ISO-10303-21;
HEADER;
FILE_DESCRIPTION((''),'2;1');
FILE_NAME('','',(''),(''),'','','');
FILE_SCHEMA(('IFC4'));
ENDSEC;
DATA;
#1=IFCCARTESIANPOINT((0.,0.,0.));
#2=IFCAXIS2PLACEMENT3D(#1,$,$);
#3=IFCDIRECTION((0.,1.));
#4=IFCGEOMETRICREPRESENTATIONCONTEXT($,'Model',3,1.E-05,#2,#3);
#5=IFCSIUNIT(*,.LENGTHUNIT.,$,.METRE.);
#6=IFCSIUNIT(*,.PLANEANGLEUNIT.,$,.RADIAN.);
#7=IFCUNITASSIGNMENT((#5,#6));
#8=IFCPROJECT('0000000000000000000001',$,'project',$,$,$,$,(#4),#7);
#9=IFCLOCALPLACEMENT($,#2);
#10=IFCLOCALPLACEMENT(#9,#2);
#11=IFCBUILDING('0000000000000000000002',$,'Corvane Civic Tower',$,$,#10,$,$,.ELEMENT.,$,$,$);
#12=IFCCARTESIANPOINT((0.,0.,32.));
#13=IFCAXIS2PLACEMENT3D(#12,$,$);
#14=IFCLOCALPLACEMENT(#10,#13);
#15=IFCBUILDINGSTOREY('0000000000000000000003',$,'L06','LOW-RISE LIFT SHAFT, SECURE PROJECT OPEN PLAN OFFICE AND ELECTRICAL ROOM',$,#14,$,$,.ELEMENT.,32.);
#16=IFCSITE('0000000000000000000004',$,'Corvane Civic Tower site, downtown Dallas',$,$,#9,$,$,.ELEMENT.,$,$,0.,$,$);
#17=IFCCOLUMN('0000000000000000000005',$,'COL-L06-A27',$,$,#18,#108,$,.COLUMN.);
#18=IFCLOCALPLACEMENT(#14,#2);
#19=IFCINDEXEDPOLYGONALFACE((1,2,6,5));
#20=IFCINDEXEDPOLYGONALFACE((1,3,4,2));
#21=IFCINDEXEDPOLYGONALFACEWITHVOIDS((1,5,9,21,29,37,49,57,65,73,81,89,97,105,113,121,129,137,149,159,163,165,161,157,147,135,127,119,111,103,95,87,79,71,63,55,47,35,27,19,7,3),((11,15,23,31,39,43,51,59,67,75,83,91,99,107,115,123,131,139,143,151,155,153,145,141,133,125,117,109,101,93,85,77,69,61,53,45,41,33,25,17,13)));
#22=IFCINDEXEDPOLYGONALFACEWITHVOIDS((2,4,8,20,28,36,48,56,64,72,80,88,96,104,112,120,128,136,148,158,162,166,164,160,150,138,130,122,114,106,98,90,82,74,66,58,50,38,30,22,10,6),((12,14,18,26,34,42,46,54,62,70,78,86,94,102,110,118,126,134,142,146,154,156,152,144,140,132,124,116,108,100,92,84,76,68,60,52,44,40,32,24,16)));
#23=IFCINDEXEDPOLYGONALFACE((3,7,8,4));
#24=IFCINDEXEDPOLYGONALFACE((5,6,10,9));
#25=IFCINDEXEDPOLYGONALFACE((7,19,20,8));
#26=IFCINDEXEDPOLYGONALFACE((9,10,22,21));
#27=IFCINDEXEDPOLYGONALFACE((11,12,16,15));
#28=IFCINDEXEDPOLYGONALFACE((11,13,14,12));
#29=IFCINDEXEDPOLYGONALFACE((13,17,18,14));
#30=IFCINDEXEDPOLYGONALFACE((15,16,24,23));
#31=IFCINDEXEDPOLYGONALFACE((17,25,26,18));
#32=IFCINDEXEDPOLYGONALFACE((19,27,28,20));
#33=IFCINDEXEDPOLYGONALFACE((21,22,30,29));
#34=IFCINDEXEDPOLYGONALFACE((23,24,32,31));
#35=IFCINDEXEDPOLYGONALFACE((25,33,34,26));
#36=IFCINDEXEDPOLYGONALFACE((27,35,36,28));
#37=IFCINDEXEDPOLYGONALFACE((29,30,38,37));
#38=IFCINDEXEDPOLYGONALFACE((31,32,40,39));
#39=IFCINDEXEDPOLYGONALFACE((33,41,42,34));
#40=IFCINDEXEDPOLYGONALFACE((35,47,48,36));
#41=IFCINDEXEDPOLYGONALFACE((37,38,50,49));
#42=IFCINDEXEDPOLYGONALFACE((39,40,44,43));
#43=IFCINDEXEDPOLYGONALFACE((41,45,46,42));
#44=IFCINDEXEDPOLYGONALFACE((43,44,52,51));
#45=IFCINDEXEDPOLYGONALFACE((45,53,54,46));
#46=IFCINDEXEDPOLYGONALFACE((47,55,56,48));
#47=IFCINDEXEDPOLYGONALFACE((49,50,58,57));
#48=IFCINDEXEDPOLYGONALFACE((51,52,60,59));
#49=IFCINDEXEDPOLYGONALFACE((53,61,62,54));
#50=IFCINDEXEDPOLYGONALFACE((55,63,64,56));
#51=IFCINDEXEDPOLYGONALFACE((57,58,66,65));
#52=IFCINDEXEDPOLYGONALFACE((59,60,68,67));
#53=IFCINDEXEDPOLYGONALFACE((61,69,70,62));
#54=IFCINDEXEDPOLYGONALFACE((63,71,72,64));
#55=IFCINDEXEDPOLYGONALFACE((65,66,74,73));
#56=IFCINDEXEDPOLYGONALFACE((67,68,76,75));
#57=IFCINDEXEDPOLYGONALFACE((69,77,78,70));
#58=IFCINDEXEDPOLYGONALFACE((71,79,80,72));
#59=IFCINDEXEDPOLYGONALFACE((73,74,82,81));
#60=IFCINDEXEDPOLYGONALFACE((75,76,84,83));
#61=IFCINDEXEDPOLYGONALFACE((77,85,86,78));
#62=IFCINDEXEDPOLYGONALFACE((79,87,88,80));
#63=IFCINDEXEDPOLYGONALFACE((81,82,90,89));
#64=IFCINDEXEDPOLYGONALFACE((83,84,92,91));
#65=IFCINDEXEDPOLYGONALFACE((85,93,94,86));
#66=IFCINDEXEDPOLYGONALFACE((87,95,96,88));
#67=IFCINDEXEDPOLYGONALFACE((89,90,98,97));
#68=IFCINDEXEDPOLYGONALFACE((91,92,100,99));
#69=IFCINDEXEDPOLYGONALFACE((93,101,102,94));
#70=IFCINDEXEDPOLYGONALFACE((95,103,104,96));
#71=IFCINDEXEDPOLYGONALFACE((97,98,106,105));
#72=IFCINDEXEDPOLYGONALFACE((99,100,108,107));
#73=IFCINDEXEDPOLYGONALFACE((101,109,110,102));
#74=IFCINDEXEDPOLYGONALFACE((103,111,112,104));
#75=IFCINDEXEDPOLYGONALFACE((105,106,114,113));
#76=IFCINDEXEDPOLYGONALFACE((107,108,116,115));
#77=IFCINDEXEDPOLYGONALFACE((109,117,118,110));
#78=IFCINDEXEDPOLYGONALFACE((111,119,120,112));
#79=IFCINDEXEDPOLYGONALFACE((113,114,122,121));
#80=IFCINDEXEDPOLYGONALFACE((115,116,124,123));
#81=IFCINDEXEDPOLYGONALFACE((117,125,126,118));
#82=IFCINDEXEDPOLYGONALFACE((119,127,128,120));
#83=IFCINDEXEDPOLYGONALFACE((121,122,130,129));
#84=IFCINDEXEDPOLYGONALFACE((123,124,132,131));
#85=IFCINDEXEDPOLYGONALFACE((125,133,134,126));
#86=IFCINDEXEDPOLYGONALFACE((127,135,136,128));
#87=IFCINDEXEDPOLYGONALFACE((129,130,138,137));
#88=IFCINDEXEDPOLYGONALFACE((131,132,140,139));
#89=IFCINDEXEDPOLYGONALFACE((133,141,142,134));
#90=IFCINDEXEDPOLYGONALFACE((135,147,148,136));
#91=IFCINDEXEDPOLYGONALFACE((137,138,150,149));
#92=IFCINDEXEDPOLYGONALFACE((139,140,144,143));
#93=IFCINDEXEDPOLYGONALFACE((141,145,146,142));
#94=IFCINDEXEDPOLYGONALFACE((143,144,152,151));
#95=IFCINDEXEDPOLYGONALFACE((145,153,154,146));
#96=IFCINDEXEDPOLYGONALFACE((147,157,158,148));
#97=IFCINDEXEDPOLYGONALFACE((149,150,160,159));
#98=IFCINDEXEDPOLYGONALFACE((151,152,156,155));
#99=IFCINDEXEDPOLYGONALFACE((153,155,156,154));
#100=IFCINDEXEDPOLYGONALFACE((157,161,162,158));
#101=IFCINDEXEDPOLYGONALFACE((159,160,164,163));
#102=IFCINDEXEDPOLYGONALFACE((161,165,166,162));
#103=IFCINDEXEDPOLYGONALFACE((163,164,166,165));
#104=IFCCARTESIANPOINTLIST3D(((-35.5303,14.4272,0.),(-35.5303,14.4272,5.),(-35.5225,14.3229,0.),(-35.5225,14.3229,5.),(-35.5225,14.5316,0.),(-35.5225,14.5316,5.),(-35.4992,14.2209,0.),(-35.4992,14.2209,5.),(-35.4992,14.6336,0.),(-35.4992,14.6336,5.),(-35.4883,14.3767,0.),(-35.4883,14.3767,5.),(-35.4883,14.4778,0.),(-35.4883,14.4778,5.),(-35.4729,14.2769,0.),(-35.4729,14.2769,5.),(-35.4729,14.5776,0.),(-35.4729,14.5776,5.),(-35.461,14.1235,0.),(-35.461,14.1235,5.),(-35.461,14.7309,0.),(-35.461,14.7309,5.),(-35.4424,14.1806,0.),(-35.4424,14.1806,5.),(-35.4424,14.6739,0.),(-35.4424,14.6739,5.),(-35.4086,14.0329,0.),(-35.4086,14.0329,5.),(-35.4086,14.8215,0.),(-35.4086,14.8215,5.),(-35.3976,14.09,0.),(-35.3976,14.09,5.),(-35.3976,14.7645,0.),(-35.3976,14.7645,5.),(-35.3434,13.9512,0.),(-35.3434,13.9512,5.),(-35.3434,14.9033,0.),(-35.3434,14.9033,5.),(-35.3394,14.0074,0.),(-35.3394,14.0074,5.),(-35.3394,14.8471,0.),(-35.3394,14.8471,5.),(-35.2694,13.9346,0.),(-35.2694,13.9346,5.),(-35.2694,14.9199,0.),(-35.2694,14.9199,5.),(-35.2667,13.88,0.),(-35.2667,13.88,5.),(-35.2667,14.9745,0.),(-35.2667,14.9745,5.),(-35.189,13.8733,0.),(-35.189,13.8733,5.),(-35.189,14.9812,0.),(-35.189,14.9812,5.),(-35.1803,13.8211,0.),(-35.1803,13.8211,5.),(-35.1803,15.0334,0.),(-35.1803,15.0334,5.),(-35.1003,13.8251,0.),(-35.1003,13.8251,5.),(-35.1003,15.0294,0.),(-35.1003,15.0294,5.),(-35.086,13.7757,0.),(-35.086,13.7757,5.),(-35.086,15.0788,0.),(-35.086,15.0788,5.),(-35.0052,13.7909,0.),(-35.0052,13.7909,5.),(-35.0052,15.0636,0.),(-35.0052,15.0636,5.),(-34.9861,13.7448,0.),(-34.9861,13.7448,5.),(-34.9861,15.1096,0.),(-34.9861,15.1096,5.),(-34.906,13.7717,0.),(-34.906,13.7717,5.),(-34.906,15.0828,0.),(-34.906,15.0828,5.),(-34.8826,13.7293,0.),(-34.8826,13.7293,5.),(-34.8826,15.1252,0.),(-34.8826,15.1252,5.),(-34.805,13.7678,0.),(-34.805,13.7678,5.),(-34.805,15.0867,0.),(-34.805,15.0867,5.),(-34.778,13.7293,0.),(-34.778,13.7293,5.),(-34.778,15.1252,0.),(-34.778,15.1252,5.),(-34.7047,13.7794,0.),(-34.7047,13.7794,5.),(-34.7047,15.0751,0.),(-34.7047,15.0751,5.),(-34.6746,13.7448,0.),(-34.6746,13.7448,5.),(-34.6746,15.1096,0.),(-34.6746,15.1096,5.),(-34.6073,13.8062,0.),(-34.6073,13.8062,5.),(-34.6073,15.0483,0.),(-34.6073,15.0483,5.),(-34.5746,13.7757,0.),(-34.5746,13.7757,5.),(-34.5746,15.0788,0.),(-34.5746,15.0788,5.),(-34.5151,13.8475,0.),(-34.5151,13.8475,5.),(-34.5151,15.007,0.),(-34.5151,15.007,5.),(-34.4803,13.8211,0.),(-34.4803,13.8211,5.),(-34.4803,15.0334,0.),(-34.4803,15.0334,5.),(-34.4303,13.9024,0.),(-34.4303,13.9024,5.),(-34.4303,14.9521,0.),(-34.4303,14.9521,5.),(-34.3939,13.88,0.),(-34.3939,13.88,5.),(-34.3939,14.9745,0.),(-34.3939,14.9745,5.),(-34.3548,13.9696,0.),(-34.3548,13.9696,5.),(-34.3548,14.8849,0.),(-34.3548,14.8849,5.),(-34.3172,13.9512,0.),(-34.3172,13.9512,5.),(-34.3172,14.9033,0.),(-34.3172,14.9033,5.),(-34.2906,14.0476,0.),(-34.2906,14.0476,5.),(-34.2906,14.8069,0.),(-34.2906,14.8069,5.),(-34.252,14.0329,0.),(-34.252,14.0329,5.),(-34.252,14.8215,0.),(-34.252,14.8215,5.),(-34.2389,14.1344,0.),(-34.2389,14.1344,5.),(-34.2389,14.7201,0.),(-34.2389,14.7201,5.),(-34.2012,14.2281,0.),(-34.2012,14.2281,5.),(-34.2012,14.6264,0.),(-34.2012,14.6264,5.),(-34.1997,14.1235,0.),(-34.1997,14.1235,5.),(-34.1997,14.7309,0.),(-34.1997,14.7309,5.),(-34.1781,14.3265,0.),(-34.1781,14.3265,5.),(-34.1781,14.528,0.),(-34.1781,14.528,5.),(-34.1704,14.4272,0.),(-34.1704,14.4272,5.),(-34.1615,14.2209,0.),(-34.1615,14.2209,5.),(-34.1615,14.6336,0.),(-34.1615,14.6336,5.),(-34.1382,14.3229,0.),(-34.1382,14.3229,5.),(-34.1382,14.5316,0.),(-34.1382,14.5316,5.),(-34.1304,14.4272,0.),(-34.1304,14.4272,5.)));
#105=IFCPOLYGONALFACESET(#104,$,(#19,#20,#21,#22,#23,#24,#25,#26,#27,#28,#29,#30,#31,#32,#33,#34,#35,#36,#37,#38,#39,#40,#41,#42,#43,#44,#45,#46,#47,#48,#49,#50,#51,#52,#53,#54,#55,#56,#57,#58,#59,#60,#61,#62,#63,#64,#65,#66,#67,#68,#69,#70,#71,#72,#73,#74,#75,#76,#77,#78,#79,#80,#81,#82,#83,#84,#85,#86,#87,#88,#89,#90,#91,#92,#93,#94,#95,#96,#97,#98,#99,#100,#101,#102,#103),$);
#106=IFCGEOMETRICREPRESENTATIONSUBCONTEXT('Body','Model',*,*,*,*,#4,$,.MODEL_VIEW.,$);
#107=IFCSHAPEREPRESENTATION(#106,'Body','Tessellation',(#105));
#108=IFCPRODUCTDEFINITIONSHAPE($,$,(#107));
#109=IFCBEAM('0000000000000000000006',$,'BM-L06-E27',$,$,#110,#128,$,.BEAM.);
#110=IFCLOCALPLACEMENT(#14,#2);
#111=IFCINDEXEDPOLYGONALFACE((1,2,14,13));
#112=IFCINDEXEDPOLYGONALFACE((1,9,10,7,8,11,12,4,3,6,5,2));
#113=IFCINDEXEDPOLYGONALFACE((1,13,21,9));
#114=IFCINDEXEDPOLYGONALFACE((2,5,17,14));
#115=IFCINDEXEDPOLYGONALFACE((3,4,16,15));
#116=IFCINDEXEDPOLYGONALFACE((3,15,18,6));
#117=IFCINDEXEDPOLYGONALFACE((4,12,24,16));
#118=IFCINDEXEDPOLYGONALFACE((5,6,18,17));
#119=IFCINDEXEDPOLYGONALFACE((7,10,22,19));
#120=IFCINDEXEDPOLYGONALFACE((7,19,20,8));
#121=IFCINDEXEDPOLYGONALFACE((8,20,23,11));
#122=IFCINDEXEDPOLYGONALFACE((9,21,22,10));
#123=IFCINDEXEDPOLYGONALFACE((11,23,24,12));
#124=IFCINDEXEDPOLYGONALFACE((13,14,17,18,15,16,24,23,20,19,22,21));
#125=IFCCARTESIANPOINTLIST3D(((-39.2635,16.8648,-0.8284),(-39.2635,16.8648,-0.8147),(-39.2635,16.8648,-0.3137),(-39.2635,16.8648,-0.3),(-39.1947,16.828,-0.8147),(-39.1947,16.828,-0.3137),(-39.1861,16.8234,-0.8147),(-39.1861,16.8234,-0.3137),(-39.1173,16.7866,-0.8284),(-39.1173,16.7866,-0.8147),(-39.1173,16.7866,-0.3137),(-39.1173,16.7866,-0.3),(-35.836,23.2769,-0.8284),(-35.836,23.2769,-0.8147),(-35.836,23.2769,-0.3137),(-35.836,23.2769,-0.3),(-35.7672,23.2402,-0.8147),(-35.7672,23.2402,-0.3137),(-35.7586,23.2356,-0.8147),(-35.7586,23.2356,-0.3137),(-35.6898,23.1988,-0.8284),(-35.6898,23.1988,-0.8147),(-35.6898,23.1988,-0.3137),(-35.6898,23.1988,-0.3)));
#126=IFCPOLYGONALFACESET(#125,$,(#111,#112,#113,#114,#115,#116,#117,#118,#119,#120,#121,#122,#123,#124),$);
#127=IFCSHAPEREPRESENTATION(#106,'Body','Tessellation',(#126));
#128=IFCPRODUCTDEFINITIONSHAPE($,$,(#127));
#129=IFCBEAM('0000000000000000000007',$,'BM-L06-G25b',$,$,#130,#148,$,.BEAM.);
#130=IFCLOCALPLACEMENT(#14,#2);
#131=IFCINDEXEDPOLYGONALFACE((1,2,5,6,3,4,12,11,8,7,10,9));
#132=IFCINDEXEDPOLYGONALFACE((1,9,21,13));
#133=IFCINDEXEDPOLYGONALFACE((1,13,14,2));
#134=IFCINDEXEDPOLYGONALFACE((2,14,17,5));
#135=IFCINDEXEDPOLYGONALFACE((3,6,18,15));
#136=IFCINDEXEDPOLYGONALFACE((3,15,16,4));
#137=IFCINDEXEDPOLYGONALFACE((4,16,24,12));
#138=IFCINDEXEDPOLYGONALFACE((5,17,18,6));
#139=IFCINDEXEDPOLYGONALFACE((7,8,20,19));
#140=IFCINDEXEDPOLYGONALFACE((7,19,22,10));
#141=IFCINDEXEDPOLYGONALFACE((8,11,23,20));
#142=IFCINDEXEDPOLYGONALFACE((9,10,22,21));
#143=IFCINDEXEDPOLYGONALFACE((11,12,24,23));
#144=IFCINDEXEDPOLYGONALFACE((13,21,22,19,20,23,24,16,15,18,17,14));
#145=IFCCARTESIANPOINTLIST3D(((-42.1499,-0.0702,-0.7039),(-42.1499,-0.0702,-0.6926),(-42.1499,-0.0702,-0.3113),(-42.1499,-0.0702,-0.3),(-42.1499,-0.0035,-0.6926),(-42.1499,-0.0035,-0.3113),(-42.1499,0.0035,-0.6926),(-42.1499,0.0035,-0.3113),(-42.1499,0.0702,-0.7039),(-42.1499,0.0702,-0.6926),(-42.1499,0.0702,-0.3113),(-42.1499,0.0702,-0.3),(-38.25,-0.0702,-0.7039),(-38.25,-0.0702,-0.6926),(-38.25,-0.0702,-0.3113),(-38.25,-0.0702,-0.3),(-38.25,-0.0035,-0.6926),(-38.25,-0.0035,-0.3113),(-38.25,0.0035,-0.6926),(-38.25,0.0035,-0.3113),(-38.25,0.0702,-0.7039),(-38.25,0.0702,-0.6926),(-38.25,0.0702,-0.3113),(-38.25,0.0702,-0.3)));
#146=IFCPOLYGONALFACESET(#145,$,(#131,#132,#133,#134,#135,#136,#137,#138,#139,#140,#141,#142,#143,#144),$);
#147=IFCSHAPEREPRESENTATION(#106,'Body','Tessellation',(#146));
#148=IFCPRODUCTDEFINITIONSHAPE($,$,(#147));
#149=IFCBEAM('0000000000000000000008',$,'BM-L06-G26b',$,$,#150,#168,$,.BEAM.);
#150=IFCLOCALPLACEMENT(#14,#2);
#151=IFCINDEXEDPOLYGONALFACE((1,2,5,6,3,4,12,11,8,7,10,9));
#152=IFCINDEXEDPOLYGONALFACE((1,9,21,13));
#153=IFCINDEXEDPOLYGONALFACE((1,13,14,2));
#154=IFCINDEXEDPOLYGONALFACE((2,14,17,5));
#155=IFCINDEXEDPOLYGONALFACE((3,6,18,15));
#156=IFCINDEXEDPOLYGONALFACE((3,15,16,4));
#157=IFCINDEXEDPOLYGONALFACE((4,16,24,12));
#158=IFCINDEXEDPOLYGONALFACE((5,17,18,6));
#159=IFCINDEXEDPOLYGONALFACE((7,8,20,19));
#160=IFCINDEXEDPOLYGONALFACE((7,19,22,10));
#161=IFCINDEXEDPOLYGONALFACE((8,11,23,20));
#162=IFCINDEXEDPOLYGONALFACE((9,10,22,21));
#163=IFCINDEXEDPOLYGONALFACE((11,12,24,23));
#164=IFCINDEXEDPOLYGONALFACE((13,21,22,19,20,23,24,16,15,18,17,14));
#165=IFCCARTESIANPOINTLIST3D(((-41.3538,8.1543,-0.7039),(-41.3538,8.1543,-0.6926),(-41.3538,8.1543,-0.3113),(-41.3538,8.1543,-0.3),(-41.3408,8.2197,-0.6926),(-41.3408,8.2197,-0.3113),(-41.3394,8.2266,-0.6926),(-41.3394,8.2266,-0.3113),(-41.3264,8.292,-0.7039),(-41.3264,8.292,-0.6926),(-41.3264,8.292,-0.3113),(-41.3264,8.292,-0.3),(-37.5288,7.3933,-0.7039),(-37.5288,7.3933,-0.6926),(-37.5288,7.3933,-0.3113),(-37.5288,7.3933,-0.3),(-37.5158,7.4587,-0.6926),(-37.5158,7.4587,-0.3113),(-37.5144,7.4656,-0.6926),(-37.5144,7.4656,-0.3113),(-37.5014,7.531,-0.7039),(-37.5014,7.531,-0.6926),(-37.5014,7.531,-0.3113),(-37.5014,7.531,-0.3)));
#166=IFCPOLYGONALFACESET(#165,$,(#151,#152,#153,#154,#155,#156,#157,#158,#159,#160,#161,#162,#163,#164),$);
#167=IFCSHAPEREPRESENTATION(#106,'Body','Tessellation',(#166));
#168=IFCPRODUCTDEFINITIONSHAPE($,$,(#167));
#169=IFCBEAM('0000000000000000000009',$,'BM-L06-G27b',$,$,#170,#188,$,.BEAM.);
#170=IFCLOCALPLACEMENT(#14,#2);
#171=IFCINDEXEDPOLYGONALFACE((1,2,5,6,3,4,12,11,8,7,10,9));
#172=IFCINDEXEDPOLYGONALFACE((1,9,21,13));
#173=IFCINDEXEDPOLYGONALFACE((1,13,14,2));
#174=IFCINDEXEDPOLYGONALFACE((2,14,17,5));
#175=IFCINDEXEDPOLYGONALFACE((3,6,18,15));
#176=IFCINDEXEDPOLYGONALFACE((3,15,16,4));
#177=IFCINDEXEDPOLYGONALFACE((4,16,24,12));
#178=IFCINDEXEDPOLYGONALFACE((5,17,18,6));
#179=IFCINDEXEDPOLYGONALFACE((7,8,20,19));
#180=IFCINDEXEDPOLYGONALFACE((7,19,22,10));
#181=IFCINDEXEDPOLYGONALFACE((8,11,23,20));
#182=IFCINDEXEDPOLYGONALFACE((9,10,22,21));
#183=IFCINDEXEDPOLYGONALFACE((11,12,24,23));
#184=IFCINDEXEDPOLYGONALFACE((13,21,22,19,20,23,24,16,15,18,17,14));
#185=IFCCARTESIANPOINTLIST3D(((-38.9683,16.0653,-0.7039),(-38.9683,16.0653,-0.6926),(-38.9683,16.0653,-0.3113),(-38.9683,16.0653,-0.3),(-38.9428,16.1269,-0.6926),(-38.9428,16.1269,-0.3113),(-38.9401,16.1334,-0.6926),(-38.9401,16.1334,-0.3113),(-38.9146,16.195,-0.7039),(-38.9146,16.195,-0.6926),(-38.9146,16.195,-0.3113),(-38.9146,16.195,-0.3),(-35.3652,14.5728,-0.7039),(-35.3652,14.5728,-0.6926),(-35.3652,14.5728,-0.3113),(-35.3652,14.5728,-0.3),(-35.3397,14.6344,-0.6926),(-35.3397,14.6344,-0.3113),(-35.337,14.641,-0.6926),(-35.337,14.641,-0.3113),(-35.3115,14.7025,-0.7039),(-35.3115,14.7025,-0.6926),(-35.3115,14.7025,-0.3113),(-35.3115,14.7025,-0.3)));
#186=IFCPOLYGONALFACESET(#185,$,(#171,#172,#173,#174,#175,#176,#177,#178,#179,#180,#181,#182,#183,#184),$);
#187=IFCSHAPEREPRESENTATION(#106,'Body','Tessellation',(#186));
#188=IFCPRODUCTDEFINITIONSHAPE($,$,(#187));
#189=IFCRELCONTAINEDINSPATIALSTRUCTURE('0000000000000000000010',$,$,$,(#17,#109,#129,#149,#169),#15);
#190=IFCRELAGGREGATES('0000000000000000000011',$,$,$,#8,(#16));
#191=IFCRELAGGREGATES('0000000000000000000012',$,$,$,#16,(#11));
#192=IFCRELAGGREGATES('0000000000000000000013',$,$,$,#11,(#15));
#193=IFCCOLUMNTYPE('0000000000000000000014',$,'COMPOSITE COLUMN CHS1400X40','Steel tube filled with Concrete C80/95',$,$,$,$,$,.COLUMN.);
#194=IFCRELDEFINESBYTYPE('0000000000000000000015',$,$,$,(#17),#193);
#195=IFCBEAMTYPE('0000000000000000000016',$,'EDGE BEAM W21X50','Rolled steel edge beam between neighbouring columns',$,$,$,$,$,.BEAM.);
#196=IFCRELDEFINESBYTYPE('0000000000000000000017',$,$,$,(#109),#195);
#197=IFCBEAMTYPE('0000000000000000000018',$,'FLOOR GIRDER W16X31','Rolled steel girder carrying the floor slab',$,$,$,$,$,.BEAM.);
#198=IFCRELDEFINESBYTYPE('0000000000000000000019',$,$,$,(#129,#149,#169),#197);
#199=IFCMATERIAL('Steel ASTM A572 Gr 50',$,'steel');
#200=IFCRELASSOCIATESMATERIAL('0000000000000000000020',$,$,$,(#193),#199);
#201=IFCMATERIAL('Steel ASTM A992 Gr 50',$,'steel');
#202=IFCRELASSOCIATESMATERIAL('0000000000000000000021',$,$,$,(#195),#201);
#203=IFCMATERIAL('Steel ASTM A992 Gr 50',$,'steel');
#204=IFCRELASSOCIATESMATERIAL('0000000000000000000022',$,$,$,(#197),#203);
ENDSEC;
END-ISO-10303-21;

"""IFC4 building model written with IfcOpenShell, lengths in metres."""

from ifc_helpers import new_model, si_unit, direction, frame, origin, origin_2d, place, context, subcontext, project, spatial, hollow_circle, i_section, extrude, material, material_profile, profile_set, type_object, element, save


model = new_model("IFC4")

# Units and contexts
model_context = context("Model", 3, precision=1e-05, world=origin(), true_north=direction((0.0, 1.0)))
body_context = subcontext(model_context, "Body", "Model", "MODEL_VIEW")
ifc_project = project(units=[si_unit("LENGTHUNIT", "METRE"), si_unit("PLANEANGLEUNIT", "RADIAN")], contexts=[model_context])

# Site, building, storey
site_placement = place(None, origin())
site = spatial("IfcSite", under=ifc_project, at=site_placement, Name="Corvane Civic Tower site, downtown Dallas", CompositionType="ELEMENT", RefElevation=0.0)
building_placement = place(site_placement, origin())
building = spatial("IfcBuilding", under=site, at=building_placement, Name="Corvane Civic Tower", CompositionType="ELEMENT")
storey_placement = place(building_placement, frame((0.0, 0.0, 32.0)))
storey = spatial("IfcBuildingStorey", under=building, at=storey_placement, Name="L06", Description="LOW-RISE LIFT SHAFT, SECURE PROJECT OPEN PLAN OFFICE AND ELECTRICAL ROOM", CompositionType="ELEMENT", Elevation=32.0)

# Column
ifc_material_1 = material(Name="Steel ASTM A572 Gr 50", Category="steel")
ifc_material_profile_1 = material_profile(ifc_material_1, hollow_circle(Radius=0.7, WallThickness=0.04, at=origin_2d()), Name="CHS1400X40")
ifc_profile_set_1 = profile_set([ifc_material_profile_1], Name="Steel ASTM A572 Gr 50")
column_type_1 = type_object("IfcColumnType", Name="COMPOSITE COLUMN CHS1400X40", Description="Steel tube filled with Concrete C80/95", PredefinedType="COLUMN", material=ifc_profile_set_1)
for number, where, z_axis, x_axis, name in (
    (1, (-34.8303, 14.4272, 0.0), (0.0, 0.0, 1.0), (1.0, 0.0, 0.0), "COL-L06-A27"),
):
    element("IfcColumn", number, at=place(storey_placement, frame(where, z_axis=z_axis, x_axis=x_axis)), inside=storey, type_object=column_type_1, Name=name, PredefinedType="COLUMN", context=body_context, shape_type="SweptSolid", body=[
        extrude(hollow_circle(Radius=0.7, WallThickness=0.04, at=origin_2d()), origin(), (0.0, 0.0, 1.0), 5.0),
    ])

# Beams
ifc_material_2 = material(Name="Steel ASTM A992 Gr 50", Category="steel")
ifc_material_profile_2 = material_profile(ifc_material_2, i_section(OverallWidth=0.1658, OverallDepth=0.5283, WebThickness=0.0098, FlangeThickness=0.0137, at=origin_2d()), Name="W21X50")
ifc_profile_set_2 = profile_set([ifc_material_profile_2], Name="Steel ASTM A992 Gr 50")
beam_type_1 = type_object("IfcBeamType", Name="EDGE BEAM W21X50", Description="Rolled steel edge beam between neighbouring columns", PredefinedType="BEAM", material=ifc_profile_set_2)
beam_1_placement = place(storey_placement, frame((-39.1904, 16.8257, -0.5642), z_axis=(0.471412, 0.881913, 0.0), x_axis=(-0.881913, 0.471412, 0.0)))
element("IfcBeam", 2, at=beam_1_placement, inside=storey, type_object=beam_type_1, Name="BM-L06-E27", PredefinedType="BEAM", context=body_context, shape_type="SweptSolid", body=[
    extrude(i_section(OverallWidth=0.1658, OverallDepth=0.5283, WebThickness=0.0098, FlangeThickness=0.0137, at=origin_2d()), origin(), (0.0, 0.0, 1.0), 7.2708),
])
ifc_material_3 = material(Name="Steel ASTM A992 Gr 50", Category="steel")
ifc_material_profile_3 = material_profile(ifc_material_3, i_section(OverallWidth=0.1404, OverallDepth=0.4038, WebThickness=0.0071, FlangeThickness=0.0112, at=origin_2d()), Name="W16X31")
ifc_profile_set_3 = profile_set([ifc_material_profile_3], Name="Steel ASTM A992 Gr 50")
beam_type_2 = type_object("IfcBeamType", Name="FLOOR GIRDER W16X31", Description="Rolled steel girder carrying the floor slab", PredefinedType="BEAM", material=ifc_profile_set_3)
for number, where, z_axis, x_axis, name in (
    (3, (-38.25, 0.0, -0.502), (-1.0, 0.0, 0.0), (0.0, -1.0, 0.0), "BM-L06-G25b"),
    (4, (-37.5151, 7.4622, -0.502), (-0.980778, 0.195129, 0.0), (-0.195129, -0.980778, 0.0), "BM-L06-G26b"),
    (5, (-35.3384, 14.6377, -0.502), (-0.923879, 0.382685, 0.0), (-0.382685, -0.923879, 0.0), "BM-L06-G27b"),
):
    element("IfcBeam", number, at=place(storey_placement, frame(where, z_axis=z_axis, x_axis=x_axis)), inside=storey, type_object=beam_type_2, Name=name, PredefinedType="BEAM", context=body_context, shape_type="SweptSolid", body=[
        extrude(i_section(OverallWidth=0.1404, OverallDepth=0.4038, WebThickness=0.0071, FlangeThickness=0.0112, at=origin_2d()), origin(), (0.0, 0.0, 1.0), 3.8999),
    ])

save(model, "model.ifc")
